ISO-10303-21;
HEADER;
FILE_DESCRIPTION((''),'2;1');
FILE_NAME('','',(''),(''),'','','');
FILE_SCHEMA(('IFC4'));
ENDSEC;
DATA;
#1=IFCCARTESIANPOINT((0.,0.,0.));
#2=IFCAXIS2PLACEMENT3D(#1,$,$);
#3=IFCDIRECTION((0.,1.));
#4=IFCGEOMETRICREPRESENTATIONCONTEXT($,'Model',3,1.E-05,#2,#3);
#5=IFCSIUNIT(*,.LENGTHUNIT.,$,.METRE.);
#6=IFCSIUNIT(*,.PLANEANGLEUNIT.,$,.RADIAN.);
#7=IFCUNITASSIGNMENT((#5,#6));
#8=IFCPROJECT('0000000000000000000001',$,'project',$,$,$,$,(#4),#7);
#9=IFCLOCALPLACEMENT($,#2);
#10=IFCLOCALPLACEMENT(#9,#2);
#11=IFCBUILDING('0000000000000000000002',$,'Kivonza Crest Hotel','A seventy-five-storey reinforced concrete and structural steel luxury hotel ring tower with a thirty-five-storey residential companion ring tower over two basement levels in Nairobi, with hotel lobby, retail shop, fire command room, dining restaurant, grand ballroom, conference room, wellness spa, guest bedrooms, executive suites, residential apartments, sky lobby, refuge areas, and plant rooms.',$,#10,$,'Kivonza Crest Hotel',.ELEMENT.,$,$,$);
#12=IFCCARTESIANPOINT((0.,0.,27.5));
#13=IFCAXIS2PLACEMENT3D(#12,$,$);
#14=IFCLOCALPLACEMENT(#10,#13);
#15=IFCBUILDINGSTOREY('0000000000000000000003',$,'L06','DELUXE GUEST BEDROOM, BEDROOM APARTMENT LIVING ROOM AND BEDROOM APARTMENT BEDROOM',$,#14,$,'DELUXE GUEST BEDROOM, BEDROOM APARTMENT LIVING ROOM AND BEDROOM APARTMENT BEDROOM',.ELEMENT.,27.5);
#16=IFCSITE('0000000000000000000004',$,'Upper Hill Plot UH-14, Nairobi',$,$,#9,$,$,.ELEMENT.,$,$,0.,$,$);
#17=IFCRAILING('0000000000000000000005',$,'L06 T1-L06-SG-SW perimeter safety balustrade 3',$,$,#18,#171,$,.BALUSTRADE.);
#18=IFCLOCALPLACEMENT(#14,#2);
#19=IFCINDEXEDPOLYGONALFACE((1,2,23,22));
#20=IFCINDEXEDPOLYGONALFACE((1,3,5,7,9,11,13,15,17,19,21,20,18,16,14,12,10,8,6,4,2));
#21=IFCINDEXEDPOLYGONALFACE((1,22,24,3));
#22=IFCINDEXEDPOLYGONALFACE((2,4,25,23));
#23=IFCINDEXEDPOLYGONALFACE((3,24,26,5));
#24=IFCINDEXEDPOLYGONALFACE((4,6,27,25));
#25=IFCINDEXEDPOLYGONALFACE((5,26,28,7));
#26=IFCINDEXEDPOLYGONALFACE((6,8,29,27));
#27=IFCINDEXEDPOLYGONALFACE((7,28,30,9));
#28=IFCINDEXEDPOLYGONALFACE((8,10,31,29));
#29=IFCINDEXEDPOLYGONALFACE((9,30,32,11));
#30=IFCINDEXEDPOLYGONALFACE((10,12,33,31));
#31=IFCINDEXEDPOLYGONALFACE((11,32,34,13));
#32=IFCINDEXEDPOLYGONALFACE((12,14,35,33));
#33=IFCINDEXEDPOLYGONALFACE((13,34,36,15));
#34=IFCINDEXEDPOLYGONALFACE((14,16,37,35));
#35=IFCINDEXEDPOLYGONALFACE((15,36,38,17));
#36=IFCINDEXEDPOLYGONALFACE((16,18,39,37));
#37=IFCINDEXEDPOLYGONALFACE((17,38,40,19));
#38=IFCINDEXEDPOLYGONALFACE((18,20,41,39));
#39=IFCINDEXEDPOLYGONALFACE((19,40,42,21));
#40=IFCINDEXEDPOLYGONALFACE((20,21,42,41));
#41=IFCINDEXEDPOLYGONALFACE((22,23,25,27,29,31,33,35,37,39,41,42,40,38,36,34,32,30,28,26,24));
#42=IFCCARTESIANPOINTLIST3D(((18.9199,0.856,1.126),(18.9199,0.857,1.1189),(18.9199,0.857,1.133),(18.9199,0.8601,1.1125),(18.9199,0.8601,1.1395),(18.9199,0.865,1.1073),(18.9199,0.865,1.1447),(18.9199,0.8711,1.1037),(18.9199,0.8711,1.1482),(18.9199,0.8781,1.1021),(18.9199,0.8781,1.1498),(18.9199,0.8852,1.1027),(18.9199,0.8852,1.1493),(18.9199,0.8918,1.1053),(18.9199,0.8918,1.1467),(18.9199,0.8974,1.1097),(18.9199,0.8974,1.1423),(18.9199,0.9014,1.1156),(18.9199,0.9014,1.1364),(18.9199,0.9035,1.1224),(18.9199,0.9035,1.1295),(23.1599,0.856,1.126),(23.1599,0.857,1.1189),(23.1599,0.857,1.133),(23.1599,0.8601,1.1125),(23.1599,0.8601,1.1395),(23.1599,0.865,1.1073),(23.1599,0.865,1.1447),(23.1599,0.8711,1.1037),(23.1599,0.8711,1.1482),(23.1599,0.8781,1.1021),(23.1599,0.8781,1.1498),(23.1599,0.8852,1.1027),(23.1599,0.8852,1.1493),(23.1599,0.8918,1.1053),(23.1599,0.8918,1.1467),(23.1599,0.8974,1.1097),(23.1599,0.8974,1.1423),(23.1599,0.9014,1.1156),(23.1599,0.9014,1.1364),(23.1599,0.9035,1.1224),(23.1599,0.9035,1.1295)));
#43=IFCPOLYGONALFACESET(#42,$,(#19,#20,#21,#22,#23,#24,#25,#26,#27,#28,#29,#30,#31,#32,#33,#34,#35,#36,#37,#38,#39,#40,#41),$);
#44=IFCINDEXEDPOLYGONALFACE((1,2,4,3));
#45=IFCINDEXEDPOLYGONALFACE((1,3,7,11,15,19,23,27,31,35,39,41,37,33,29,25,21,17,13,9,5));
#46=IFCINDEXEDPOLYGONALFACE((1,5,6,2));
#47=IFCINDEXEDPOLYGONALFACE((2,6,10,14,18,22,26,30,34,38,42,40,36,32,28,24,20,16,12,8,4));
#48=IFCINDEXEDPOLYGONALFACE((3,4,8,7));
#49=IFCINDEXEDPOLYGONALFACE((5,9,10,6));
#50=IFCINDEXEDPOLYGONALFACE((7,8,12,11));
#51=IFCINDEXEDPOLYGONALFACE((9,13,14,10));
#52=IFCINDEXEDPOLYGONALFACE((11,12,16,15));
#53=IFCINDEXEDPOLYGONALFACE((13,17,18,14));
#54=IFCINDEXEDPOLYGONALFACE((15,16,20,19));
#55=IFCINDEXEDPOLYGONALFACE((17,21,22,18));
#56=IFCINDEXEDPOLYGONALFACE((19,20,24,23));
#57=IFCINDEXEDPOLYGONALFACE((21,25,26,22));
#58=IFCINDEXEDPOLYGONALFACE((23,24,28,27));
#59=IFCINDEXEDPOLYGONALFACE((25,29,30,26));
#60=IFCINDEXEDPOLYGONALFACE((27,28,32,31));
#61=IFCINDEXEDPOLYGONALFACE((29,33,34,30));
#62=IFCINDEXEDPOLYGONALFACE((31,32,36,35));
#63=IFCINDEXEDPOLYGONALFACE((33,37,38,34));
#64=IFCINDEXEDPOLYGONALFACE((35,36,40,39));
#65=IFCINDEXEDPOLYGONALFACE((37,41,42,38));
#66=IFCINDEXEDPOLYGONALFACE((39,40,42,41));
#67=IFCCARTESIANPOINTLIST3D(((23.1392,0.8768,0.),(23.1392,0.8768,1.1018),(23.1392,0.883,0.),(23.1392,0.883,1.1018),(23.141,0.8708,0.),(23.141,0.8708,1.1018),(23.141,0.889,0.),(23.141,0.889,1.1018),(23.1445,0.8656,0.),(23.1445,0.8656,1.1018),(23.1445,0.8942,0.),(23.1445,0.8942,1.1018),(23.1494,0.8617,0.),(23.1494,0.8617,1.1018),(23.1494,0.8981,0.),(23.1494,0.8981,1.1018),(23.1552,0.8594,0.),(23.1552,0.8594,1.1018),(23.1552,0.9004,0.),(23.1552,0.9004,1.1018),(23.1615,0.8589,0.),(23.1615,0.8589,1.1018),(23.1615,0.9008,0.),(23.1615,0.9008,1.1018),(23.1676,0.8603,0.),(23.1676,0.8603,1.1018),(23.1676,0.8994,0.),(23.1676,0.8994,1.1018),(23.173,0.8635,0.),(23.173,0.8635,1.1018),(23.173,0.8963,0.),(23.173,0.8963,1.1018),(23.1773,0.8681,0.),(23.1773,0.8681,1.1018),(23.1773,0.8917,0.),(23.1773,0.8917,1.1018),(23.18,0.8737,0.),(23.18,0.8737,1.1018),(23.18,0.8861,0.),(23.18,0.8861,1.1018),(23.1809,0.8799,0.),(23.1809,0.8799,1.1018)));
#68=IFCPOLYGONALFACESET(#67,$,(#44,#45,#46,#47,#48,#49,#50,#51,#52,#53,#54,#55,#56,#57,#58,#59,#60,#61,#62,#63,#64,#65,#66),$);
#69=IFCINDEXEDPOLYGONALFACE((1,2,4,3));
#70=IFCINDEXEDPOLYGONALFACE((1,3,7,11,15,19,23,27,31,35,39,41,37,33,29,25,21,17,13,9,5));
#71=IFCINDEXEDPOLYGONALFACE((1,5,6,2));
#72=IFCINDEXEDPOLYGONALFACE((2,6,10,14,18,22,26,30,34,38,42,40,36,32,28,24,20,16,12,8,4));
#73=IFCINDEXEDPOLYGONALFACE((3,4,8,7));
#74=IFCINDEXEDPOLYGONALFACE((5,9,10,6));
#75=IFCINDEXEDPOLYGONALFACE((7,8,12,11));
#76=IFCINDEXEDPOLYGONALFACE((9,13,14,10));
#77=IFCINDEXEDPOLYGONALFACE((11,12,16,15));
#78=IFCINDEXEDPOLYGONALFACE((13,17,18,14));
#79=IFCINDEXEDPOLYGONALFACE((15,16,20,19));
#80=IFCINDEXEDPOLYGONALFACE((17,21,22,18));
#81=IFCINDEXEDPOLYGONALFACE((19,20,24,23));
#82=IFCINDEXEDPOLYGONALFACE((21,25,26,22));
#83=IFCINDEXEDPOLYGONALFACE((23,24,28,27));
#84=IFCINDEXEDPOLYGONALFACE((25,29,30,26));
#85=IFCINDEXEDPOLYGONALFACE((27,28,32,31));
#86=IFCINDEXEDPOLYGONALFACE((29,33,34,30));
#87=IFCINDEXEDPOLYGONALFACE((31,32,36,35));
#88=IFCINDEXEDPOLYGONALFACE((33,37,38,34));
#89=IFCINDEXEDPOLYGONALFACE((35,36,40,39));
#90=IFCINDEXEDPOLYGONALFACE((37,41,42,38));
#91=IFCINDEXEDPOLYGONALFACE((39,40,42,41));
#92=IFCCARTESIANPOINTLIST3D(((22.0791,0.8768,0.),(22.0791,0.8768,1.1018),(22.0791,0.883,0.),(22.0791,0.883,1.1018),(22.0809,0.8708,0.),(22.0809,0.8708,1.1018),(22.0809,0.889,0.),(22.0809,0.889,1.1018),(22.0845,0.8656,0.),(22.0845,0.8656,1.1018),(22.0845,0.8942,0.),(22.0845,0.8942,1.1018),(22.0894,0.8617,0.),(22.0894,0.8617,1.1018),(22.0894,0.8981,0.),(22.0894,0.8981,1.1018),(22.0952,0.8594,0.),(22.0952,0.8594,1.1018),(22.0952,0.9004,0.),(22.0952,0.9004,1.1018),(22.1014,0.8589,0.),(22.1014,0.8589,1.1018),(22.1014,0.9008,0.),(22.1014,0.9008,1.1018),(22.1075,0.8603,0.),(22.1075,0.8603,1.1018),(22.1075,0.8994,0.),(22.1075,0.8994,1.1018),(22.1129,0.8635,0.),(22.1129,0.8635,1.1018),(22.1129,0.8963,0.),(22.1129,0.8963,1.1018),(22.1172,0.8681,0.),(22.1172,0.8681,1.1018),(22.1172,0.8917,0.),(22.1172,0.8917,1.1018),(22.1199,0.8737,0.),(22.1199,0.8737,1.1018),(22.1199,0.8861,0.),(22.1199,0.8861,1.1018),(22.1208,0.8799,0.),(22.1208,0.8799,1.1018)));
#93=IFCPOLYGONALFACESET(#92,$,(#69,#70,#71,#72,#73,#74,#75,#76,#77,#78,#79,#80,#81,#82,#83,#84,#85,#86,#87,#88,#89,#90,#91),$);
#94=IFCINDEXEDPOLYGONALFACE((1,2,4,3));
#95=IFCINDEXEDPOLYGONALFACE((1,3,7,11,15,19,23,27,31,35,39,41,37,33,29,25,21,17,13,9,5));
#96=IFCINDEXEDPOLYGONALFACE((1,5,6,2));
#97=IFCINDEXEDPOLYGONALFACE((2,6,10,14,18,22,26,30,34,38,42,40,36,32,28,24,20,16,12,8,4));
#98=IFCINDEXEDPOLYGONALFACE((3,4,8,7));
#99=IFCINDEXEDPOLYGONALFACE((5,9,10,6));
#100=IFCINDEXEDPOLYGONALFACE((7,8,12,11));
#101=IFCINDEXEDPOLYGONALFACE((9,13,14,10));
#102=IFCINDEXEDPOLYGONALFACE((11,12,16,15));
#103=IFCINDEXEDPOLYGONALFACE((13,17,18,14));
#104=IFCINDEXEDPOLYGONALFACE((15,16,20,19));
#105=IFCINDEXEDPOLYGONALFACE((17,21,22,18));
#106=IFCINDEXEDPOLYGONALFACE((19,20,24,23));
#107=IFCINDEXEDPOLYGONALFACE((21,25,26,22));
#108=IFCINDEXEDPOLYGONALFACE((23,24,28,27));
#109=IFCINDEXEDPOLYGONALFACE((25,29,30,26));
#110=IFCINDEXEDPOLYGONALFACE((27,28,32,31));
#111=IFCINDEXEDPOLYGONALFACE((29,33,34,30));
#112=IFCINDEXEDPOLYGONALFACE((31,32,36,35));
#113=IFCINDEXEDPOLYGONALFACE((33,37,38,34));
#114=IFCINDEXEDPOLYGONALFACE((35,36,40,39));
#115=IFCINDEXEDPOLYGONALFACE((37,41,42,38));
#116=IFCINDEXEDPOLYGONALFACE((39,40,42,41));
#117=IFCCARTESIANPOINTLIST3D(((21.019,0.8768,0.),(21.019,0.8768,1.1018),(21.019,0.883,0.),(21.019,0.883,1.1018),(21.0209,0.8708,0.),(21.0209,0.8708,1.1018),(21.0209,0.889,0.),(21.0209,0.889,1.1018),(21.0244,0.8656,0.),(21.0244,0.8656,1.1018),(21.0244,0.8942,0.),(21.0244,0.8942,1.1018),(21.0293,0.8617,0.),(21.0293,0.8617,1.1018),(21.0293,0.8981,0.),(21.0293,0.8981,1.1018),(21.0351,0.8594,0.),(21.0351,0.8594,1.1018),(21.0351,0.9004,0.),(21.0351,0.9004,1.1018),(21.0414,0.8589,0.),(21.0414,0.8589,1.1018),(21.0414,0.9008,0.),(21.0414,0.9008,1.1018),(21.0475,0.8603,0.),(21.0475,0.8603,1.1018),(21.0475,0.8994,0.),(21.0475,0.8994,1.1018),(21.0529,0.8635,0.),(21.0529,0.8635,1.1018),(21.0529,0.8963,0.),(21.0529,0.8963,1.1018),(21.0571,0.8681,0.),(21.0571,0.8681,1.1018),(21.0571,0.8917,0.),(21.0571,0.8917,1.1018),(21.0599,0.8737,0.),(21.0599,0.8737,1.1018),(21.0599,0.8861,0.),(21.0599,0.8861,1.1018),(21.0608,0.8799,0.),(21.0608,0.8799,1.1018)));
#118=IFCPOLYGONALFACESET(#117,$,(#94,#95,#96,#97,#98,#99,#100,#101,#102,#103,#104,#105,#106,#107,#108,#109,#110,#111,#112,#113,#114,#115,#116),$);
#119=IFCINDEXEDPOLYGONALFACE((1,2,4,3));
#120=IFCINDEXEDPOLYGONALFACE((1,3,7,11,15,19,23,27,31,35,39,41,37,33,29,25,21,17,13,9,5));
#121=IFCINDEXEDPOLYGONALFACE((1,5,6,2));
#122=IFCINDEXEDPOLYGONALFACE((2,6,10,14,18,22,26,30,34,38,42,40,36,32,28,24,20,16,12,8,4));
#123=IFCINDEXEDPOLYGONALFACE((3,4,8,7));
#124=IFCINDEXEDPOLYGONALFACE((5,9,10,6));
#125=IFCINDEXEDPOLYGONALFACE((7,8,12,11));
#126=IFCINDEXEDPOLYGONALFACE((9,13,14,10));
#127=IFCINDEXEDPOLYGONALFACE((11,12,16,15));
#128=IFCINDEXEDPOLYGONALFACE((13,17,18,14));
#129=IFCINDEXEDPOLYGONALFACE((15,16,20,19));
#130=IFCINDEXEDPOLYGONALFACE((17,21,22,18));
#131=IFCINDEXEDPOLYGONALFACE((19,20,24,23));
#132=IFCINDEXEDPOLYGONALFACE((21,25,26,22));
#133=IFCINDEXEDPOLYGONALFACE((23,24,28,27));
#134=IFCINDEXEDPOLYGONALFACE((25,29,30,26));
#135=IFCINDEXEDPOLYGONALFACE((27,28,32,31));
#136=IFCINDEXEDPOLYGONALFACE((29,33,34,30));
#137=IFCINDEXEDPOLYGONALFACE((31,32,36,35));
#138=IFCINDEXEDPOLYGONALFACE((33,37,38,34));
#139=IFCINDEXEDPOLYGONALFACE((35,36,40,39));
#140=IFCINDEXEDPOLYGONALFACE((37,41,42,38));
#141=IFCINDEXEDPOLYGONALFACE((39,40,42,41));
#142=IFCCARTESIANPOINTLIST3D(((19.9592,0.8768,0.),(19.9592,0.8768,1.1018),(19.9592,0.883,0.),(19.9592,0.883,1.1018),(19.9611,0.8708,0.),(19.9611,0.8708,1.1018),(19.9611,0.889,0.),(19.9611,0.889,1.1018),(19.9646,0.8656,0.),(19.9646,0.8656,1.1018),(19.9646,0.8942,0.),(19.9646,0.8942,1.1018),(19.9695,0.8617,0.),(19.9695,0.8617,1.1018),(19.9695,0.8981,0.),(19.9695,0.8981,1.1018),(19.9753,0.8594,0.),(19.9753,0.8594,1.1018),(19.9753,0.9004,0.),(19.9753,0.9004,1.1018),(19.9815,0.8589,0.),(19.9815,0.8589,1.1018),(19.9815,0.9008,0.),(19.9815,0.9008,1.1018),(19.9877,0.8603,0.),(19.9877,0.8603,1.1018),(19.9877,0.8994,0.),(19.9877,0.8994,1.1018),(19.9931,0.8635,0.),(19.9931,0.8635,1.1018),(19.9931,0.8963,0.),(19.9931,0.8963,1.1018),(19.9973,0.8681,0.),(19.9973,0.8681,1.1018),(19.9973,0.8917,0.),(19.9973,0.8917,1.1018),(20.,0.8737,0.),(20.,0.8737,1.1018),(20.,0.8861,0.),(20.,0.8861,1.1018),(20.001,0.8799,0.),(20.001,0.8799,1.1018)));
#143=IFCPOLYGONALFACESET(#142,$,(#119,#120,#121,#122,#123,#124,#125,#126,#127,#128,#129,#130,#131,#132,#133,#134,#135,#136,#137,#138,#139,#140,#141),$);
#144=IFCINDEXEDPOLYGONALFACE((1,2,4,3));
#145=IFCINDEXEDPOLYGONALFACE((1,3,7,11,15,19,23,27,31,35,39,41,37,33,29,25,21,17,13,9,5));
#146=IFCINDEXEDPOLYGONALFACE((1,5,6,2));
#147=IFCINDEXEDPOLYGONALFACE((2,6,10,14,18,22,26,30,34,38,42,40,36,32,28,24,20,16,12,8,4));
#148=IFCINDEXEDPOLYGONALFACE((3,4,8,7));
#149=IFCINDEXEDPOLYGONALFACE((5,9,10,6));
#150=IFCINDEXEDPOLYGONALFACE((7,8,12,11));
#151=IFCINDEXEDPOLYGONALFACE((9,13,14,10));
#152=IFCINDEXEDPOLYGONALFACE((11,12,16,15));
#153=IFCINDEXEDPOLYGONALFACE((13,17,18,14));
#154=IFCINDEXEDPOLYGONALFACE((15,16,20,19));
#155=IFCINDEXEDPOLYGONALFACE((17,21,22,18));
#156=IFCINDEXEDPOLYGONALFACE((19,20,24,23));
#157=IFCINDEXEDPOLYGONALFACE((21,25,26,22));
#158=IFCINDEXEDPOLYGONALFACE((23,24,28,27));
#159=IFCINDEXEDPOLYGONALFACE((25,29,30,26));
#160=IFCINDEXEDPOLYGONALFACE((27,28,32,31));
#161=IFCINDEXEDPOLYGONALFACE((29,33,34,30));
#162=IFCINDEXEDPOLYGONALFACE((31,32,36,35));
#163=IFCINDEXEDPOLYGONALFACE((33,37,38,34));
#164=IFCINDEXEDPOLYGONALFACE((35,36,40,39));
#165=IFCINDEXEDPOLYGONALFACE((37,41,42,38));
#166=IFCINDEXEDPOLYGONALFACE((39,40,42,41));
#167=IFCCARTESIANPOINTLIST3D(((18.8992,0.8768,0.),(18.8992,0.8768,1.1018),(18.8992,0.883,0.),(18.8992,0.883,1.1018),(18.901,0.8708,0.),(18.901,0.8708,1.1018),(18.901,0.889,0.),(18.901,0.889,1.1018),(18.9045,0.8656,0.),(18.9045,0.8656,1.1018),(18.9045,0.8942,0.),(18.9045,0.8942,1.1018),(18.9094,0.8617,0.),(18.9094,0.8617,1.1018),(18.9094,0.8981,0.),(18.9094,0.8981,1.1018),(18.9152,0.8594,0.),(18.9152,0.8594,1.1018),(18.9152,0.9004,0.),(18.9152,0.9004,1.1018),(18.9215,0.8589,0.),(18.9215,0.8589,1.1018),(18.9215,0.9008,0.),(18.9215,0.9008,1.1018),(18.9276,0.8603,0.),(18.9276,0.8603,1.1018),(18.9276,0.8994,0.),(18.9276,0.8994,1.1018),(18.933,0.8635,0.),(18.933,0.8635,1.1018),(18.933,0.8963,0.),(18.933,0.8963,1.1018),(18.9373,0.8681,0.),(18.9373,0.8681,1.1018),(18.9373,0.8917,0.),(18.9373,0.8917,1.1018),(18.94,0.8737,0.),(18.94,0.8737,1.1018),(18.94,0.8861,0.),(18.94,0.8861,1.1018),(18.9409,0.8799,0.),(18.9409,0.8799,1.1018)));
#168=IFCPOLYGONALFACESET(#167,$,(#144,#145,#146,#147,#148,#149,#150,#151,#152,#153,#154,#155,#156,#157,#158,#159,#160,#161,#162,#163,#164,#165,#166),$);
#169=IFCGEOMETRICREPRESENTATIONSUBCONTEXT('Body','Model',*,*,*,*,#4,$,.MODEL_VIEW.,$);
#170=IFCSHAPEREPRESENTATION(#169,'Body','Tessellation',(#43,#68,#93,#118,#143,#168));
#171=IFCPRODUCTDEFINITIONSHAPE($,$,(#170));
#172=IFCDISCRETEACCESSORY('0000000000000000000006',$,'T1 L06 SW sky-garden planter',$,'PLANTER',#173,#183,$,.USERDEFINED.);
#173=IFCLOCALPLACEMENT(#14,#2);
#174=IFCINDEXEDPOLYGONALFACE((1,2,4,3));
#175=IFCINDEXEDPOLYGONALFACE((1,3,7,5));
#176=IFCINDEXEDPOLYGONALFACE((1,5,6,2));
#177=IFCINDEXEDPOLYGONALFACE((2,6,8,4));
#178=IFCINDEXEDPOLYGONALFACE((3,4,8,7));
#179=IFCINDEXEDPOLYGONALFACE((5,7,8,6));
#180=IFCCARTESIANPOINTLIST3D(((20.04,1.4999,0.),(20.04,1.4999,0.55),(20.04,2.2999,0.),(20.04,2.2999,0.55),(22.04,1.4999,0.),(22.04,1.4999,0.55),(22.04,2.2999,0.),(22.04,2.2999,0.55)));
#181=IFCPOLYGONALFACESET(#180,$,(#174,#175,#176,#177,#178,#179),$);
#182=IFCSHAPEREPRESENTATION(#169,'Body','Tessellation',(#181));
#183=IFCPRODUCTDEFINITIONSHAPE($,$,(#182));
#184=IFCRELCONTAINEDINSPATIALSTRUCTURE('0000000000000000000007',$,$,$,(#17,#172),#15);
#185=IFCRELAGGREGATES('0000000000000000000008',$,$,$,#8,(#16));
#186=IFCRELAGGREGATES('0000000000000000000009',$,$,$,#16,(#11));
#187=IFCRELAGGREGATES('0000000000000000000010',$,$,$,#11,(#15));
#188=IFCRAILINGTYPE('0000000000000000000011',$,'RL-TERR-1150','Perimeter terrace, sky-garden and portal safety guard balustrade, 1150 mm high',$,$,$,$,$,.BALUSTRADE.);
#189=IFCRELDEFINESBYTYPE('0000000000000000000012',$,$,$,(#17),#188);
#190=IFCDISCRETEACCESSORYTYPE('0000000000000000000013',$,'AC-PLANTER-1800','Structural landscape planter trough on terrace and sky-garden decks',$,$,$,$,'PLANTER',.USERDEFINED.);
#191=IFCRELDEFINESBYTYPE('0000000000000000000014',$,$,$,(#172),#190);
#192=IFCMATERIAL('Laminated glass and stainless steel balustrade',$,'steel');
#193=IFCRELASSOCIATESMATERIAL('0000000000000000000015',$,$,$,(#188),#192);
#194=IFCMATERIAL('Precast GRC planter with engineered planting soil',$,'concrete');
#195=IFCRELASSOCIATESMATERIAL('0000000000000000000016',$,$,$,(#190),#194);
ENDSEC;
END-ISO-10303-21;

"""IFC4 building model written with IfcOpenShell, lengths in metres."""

from ifc_helpers import new_model, si_unit, direction, frame, origin, origin_2d, place, context, subcontext, project, spatial, rectangle, circle, extrude, material, type_object, element, save


model = new_model("IFC4")

# Units and contexts
model_context = context("Model", 3, precision=1e-05, world=origin(), true_north=direction((0.0, 1.0)))
body_context = subcontext(model_context, "Body", "Model", "MODEL_VIEW")
ifc_project = project(units=[si_unit("LENGTHUNIT", "METRE"), si_unit("PLANEANGLEUNIT", "RADIAN")], contexts=[model_context])

# Site, building, storey
site_placement = place(None, origin())
site = spatial("IfcSite", under=ifc_project, at=site_placement, Name="Upper Hill Plot UH-14, Nairobi", CompositionType="ELEMENT", RefElevation=0.0)
building_placement = place(site_placement, origin())
building = spatial("IfcBuilding", under=site, at=building_placement, Name="Kivonza Crest Hotel", Description="A seventy-five-storey reinforced concrete and structural steel luxury hotel ring tower with a thirty-five-storey residential companion ring tower over two basement levels in Nairobi, with hotel lobby, retail shop, fire command room, dining restaurant, grand ballroom, conference room, wellness spa, guest bedrooms, executive suites, residential apartments, sky lobby, refuge areas, and plant rooms.", LongName="Kivonza Crest Hotel", CompositionType="ELEMENT")
storey_placement = place(building_placement, frame((0.0, 0.0, 27.5)))
storey = spatial("IfcBuildingStorey", under=building, at=storey_placement, Name="L06", Description="DELUXE GUEST BEDROOM, BEDROOM APARTMENT LIVING ROOM AND BEDROOM APARTMENT BEDROOM", LongName="DELUXE GUEST BEDROOM, BEDROOM APARTMENT LIVING ROOM AND BEDROOM APARTMENT BEDROOM", CompositionType="ELEMENT", Elevation=27.5)

# Railing
ifc_material_1 = material(Name="Laminated glass and stainless steel balustrade", Category="steel")
railing_type = type_object("IfcRailingType", Name="RL-TERR-1150", Description="Perimeter terrace, sky-garden and portal safety guard balustrade, 1150 mm high", PredefinedType="BALUSTRADE", material=ifc_material_1)
railing_1_placement = place(storey_placement, frame((23.1599, 0.8799, 0.0)))
element("IfcRailing", 1, at=railing_1_placement, inside=storey, type_object=railing_type, Name="L06 T1-L06-SG-SW perimeter safety balustrade 3", PredefinedType="BALUSTRADE", context=body_context, shape_type="SweptSolid", body=[
    extrude(circle(Radius=0.0239, at=origin_2d()), frame((0.0, 0.0, 1.126), z_axis=(-1.0, 0.0, 0.0), x_axis=(0.0, -1.0, 0.0)), (0.0, 0.0, 1.0), 4.24),
    extrude(circle(Radius=0.021, at=origin_2d()), origin(), (0.0, 0.0, 1.0), 1.1018),
    extrude(circle(Radius=0.021, at=origin_2d()), frame((-1.0601, 0.0, 0.0)), (0.0, 0.0, 1.0), 1.1018),
    extrude(circle(Radius=0.021, at=origin_2d()), frame((-2.1201, 0.0, 0.0)), (0.0, 0.0, 1.0), 1.1018),
    extrude(circle(Radius=0.021, at=origin_2d()), frame((-3.1799, 0.0, 0.0)), (0.0, 0.0, 1.0), 1.1018),
    extrude(circle(Radius=0.021, at=origin_2d()), frame((-4.24, 0.0, 0.0)), (0.0, 0.0, 1.0), 1.1018),
])

# Discrete accessory
ifc_material_2 = material(Name="Precast GRC planter with engineered planting soil", Category="concrete")
discrete_accessory_type = type_object("IfcDiscreteAccessoryType", Name="AC-PLANTER-1800", Description="Structural landscape planter trough on terrace and sky-garden decks", ElementType="PLANTER", PredefinedType="USERDEFINED", material=ifc_material_2)
discrete_accessory_placement = place(storey_placement, frame((21.04, 1.8999, 0.0), z_axis=(0.0, 0.0, 1.0), x_axis=(1.0, 0.0, 0.0)))
element("IfcDiscreteAccessory", 2, at=discrete_accessory_placement, inside=storey, type_object=discrete_accessory_type, Name="T1 L06 SW sky-garden planter", ObjectType="PLANTER", PredefinedType="USERDEFINED", context=body_context, shape_type="SweptSolid", body=[
    extrude(rectangle(XDim=2.0, YDim=0.8, at=origin_2d()), origin(), (0.0, 0.0, 1.0), 0.55),
])

save(model, "model.ifc")
